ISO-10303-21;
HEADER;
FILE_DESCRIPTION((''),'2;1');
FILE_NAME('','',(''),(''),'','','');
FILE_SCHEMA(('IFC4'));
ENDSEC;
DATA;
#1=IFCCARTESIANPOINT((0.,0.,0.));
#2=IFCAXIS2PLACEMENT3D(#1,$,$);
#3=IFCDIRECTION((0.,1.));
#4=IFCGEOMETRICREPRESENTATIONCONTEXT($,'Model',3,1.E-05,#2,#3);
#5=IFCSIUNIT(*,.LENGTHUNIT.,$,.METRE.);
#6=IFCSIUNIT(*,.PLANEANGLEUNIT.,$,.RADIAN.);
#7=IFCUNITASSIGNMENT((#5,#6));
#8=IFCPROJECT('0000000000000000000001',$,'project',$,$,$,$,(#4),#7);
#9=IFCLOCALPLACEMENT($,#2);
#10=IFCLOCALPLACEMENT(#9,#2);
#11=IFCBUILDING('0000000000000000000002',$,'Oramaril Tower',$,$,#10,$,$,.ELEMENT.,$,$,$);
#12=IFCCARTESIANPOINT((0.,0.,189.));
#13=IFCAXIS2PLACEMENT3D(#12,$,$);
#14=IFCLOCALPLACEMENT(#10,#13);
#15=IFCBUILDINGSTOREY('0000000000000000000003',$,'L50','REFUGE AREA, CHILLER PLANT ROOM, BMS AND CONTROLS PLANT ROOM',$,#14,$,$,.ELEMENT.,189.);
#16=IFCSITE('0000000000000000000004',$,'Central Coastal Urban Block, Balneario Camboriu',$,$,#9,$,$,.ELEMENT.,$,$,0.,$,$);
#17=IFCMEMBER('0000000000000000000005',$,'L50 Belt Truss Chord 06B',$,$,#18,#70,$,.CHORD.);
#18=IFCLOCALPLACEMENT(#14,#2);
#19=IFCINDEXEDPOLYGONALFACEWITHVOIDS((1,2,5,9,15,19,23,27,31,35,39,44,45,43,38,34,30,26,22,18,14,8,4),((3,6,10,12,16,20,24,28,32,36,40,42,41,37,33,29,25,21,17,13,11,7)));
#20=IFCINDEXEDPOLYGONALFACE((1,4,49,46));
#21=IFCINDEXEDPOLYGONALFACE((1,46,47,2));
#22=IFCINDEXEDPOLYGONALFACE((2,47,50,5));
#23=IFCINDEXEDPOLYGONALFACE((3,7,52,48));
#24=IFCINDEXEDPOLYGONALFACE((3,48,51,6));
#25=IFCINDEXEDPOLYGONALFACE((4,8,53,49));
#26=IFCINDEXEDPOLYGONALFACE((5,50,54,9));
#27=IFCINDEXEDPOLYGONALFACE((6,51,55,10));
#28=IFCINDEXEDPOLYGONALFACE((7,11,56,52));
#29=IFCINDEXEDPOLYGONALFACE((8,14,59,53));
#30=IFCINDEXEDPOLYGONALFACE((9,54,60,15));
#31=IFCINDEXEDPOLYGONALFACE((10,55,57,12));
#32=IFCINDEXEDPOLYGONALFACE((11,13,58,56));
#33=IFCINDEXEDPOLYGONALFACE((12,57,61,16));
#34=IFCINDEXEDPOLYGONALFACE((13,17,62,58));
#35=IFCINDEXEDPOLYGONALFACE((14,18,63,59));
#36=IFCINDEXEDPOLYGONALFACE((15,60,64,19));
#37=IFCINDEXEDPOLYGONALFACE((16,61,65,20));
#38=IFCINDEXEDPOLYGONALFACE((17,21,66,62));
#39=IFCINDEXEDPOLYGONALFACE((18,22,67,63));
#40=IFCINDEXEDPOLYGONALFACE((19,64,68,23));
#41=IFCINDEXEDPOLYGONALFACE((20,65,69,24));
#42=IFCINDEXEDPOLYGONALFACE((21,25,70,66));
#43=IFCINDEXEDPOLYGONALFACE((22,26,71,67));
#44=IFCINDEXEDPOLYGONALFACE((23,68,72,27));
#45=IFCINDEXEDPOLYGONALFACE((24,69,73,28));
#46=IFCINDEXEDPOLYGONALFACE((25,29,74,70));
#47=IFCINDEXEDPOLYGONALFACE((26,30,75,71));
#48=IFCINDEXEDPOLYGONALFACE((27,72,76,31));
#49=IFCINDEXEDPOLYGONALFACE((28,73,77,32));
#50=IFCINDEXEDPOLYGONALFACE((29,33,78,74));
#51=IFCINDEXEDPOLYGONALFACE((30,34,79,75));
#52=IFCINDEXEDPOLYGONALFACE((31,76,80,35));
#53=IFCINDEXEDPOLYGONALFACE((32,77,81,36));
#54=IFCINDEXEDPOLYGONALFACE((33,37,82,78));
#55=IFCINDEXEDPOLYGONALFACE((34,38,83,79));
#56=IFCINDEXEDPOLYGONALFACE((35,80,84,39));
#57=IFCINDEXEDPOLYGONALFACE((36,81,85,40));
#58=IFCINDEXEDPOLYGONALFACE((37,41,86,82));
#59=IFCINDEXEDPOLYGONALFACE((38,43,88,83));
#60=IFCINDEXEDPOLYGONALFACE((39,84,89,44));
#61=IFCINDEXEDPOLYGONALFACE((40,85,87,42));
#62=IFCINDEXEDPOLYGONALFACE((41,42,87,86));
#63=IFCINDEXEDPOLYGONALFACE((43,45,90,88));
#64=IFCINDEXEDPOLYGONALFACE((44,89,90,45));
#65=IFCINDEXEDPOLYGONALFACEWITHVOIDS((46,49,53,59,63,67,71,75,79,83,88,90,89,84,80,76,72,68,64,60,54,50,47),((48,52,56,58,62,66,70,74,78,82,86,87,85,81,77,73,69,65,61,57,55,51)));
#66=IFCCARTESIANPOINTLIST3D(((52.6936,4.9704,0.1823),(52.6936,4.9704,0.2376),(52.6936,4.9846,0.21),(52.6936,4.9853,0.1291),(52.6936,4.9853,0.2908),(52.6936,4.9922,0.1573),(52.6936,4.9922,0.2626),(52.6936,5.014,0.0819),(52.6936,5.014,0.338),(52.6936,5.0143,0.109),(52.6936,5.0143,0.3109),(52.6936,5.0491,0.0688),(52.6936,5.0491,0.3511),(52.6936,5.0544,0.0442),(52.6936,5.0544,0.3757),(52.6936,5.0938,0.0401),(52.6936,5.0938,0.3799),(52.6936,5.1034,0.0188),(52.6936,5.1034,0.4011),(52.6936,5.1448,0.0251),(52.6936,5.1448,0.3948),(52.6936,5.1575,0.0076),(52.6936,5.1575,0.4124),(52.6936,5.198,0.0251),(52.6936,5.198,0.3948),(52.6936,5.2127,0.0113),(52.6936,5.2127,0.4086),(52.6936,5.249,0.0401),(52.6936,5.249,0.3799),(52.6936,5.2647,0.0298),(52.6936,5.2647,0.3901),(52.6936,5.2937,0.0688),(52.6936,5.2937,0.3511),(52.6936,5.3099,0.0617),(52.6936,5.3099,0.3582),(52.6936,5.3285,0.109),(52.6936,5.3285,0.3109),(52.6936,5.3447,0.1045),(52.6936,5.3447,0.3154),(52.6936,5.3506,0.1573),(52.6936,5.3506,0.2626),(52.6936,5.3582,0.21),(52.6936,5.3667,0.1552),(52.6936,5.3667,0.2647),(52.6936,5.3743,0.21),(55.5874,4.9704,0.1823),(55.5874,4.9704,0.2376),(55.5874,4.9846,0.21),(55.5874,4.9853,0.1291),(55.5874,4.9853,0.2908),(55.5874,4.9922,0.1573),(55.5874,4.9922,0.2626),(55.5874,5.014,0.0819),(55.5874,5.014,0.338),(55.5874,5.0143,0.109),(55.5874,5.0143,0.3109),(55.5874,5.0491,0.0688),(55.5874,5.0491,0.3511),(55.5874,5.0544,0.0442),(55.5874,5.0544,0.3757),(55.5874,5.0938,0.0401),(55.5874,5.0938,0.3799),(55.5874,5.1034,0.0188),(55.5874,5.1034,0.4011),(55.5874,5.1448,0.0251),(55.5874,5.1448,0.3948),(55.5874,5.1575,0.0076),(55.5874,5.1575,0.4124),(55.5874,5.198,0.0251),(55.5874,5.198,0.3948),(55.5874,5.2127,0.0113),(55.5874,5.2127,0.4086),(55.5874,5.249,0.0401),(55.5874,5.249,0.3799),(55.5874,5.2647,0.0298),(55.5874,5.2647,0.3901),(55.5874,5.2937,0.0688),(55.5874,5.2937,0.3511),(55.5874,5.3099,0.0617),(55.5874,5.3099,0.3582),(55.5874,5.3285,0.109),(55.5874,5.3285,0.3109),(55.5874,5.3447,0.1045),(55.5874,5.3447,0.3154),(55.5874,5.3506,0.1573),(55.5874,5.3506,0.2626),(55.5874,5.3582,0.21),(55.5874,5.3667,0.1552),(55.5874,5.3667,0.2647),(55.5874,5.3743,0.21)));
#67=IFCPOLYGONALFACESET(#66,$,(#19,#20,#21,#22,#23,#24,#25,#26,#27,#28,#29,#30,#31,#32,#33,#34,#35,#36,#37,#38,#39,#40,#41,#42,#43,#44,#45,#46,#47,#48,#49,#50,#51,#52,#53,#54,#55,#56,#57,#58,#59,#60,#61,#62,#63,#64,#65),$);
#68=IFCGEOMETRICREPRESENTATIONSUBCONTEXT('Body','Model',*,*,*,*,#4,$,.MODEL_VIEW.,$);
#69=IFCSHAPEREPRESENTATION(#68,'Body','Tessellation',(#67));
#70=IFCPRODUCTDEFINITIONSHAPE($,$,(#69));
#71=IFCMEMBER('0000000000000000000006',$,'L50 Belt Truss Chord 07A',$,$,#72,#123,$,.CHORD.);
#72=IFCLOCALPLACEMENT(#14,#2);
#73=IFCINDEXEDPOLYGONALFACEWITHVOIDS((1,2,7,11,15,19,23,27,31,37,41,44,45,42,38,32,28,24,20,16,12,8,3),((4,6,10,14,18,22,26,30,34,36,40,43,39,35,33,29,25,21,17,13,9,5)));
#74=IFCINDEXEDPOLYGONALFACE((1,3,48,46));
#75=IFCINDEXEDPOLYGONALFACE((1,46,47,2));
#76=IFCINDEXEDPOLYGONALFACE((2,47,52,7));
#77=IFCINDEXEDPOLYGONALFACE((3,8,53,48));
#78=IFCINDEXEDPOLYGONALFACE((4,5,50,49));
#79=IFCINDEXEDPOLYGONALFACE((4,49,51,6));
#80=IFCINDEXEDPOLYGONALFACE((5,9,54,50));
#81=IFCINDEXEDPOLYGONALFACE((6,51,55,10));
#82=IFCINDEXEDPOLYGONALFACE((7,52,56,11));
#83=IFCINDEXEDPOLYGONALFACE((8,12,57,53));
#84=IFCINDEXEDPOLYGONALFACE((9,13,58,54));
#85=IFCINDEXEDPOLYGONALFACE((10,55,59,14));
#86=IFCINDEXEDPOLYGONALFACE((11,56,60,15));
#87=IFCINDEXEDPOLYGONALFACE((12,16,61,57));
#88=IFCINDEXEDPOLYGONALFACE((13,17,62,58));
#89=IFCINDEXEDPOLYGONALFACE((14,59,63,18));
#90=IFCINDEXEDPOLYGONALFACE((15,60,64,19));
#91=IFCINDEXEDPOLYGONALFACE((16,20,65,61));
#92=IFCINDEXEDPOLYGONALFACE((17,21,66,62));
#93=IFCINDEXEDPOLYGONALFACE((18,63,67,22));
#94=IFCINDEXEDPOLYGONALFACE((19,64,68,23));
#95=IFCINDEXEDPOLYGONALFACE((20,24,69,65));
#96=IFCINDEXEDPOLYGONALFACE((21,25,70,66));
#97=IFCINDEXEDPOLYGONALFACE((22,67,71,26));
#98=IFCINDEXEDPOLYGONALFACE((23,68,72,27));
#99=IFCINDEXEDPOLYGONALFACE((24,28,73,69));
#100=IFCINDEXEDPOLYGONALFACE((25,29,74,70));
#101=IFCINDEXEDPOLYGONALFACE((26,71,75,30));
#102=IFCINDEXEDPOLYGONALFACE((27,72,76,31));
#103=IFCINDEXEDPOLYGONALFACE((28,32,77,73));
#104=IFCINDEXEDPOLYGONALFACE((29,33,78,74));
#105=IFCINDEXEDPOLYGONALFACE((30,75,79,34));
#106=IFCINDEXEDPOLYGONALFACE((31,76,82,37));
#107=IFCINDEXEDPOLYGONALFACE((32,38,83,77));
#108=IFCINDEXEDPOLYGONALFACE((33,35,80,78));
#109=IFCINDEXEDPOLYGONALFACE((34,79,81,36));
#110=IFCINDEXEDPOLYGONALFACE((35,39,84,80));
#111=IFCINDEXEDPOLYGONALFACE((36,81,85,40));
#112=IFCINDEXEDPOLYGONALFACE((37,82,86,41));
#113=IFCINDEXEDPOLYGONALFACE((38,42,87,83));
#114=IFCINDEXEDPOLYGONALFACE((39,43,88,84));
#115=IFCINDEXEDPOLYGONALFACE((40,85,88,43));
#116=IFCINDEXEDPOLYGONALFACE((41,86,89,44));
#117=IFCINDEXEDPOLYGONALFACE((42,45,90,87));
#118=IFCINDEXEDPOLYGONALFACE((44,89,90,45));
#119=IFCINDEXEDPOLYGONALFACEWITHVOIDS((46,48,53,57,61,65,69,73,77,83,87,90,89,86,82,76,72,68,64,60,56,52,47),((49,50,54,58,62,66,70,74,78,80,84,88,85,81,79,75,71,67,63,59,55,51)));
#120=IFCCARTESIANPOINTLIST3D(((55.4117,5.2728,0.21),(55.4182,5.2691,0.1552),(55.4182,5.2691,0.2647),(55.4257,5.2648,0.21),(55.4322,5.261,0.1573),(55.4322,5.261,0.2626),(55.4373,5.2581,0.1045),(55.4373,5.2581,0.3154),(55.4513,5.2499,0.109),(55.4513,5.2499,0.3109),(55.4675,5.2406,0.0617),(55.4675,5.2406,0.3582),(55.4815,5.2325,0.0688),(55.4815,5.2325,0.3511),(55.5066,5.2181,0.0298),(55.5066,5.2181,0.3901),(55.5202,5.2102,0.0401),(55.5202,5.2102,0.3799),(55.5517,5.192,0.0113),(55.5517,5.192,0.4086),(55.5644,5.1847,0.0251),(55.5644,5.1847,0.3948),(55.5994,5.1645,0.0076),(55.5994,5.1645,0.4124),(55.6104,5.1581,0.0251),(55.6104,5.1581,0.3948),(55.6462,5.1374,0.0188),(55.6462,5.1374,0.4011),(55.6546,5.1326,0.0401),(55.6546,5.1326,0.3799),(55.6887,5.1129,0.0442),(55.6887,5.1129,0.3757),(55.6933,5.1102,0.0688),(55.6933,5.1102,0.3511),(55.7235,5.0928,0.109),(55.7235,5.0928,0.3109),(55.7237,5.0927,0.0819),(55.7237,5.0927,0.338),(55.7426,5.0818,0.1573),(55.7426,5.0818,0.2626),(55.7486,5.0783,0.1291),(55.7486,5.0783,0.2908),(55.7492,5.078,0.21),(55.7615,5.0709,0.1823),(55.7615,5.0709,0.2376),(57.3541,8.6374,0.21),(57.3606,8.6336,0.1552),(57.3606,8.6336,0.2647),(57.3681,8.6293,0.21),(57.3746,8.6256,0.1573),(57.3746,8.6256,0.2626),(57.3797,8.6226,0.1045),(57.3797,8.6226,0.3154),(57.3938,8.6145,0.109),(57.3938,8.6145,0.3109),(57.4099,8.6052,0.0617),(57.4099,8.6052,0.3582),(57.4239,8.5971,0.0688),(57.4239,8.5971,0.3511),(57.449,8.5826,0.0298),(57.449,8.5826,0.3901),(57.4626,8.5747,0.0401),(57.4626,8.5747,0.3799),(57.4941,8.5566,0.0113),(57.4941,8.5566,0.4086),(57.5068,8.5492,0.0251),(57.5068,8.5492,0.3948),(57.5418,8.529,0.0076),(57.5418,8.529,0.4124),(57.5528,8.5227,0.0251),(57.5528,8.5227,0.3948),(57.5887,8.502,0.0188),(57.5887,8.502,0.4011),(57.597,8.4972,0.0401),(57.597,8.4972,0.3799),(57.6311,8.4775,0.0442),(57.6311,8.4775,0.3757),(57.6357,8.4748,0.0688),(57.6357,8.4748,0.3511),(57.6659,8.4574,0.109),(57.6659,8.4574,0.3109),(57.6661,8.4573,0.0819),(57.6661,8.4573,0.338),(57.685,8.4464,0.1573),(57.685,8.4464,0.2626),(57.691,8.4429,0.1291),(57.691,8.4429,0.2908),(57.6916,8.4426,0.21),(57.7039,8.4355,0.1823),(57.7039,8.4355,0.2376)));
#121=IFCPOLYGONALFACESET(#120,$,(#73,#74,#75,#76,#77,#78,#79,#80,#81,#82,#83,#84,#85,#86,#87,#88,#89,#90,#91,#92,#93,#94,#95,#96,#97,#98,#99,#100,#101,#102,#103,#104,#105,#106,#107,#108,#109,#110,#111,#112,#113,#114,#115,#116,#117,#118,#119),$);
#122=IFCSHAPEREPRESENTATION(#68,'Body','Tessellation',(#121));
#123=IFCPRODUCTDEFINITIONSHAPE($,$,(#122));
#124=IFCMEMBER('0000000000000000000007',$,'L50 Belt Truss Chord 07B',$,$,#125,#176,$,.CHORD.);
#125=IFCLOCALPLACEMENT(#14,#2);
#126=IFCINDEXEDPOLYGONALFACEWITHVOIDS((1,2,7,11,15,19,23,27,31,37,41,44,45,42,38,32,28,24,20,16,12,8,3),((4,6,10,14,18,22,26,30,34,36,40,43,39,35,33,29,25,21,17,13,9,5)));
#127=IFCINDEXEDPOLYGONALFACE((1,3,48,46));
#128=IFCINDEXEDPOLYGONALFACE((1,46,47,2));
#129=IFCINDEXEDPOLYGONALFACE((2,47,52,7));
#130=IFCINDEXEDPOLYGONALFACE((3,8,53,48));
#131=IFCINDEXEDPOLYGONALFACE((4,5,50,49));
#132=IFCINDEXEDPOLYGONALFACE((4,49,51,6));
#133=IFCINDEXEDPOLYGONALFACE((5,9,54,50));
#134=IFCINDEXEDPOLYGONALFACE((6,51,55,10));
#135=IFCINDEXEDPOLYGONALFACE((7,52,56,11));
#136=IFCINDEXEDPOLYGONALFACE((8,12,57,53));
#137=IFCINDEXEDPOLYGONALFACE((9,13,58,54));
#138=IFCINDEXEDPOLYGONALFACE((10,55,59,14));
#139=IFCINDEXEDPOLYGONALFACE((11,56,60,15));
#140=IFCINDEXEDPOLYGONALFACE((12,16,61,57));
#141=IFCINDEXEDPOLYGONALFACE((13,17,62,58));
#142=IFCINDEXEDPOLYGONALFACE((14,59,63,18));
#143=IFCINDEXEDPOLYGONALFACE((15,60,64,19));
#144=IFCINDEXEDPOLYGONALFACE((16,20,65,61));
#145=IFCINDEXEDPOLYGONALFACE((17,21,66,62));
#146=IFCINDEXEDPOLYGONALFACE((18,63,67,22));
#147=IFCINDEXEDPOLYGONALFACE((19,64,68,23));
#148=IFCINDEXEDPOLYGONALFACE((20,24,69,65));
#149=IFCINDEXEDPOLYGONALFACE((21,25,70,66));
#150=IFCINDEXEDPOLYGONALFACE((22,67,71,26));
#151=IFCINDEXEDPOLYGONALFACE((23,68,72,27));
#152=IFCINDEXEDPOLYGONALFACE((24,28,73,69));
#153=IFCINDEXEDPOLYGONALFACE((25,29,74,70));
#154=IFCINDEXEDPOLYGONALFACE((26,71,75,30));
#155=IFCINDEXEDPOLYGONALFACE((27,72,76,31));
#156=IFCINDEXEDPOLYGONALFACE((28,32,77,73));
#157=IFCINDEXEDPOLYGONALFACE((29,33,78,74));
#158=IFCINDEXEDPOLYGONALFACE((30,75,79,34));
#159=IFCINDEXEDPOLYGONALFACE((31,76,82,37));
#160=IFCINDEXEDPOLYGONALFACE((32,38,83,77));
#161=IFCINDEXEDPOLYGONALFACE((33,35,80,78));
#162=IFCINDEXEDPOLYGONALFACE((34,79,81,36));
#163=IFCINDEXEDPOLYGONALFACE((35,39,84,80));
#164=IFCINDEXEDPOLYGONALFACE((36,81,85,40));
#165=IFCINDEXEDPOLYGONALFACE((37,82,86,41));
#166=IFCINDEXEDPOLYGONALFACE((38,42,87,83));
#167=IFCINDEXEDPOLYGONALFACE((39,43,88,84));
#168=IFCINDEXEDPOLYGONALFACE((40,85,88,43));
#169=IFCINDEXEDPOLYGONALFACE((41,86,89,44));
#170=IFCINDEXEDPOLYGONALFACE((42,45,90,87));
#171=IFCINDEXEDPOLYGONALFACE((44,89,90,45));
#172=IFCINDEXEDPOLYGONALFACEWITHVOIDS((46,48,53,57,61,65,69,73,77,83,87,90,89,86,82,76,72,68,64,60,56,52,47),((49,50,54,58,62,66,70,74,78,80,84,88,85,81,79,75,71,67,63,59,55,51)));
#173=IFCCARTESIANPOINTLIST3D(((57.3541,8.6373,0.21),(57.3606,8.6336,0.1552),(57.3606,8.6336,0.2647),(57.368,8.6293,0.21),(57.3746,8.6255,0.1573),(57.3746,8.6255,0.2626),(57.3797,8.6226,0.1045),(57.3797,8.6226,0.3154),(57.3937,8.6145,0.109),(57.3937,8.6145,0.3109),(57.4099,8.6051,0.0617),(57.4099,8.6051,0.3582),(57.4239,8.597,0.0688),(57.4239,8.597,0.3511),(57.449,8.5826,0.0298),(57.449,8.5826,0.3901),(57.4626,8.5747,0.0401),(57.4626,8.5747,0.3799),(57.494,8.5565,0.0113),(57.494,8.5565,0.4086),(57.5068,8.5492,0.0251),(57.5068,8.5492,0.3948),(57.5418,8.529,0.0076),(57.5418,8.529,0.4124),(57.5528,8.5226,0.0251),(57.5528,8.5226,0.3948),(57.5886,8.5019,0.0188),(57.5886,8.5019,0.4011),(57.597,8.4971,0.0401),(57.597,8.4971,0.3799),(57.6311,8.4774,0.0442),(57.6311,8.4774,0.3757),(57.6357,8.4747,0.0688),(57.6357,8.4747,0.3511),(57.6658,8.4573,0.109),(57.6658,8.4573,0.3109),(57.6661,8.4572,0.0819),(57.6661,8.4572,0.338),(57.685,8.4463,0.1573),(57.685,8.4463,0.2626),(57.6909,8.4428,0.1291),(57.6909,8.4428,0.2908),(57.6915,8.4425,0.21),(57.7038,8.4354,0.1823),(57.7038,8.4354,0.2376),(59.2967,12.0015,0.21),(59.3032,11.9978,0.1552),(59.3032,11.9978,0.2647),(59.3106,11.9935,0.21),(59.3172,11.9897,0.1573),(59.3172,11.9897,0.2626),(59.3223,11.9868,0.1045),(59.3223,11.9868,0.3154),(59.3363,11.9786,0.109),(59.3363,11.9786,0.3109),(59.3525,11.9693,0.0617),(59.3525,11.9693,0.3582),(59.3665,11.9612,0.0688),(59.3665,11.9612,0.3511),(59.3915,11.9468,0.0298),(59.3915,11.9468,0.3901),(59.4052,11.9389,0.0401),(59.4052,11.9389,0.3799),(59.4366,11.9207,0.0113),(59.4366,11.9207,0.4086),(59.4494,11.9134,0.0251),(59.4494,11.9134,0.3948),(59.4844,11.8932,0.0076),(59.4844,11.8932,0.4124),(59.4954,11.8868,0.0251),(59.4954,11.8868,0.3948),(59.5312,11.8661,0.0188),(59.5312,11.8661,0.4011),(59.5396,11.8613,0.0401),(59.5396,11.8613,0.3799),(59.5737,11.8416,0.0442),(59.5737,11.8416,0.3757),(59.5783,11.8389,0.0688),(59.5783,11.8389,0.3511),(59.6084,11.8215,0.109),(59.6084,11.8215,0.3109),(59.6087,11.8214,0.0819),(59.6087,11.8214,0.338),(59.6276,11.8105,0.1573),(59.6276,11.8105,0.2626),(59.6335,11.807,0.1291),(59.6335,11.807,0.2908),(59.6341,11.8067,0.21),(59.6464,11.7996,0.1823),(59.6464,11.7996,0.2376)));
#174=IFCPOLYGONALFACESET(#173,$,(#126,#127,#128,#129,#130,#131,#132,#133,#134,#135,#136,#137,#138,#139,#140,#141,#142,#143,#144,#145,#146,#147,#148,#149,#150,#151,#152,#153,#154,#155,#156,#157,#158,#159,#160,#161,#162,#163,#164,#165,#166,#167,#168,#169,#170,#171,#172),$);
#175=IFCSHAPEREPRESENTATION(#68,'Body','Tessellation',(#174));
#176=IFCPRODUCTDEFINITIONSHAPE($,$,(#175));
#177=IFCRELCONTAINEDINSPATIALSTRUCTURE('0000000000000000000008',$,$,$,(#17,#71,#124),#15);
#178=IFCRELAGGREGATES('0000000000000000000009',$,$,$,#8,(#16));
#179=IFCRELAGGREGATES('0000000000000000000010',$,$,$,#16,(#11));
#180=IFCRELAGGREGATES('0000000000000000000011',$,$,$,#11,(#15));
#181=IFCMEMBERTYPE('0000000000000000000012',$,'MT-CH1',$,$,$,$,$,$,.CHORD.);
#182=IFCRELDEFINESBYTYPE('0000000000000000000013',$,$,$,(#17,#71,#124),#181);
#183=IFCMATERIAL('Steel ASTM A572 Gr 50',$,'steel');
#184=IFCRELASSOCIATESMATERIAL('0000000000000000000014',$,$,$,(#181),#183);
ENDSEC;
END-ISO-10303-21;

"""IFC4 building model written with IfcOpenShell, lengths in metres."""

from ifc_helpers import new_model, si_unit, direction, frame, origin, origin_2d, place, context, subcontext, project, spatial, hollow_circle, extrude, material, material_profile, profile_set, type_object, element, save


model = new_model("IFC4")

# Units and contexts
model_context = context("Model", 3, precision=1e-05, world=origin(), true_north=direction((0.0, 1.0)))
body_context = subcontext(model_context, "Body", "Model", "MODEL_VIEW")
ifc_project = project(units=[si_unit("LENGTHUNIT", "METRE"), si_unit("PLANEANGLEUNIT", "RADIAN")], contexts=[model_context])

# Site, building, storey
site_placement = place(None, origin())
site = spatial("IfcSite", under=ifc_project, at=site_placement, Name="Central Coastal Urban Block, Balneario Camboriu", CompositionType="ELEMENT", RefElevation=0.0)
building_placement = place(site_placement, origin())
building = spatial("IfcBuilding", under=site, at=building_placement, Name="Oramaril Tower", CompositionType="ELEMENT")
storey_placement = place(building_placement, frame((0.0, 0.0, 189.0)))
storey = spatial("IfcBuildingStorey", under=building, at=storey_placement, Name="L50", Description="REFUGE AREA, CHILLER PLANT ROOM, BMS AND CONTROLS PLANT ROOM", CompositionType="ELEMENT", Elevation=189.0)

# Members
ifc_material_1 = material(Name="Steel ASTM A572 Gr 50", Category="steel")
ifc_material_profile_1 = material_profile(ifc_material_1, hollow_circle(Radius=0.2029, WallThickness=0.0161, at=origin_2d()), Name="CHS406X16")
ifc_profile_set_1 = profile_set([ifc_material_profile_1], Name="Steel ASTM A572 Gr 50")
member_type_1 = type_object("IfcMemberType", Name="MT-CH1", PredefinedType="CHORD", material=ifc_profile_set_1)
member_1_placement = place(storey_placement, frame((52.6936, 5.1714, 0.21), z_axis=(1.0, 0.0, 0.0), x_axis=(0.0, 1.0, 0.0)))
element("IfcMember", 1, at=member_1_placement, inside=storey, type_object=member_type_1, Name="L50 Belt Truss Chord 06B", PredefinedType="CHORD", context=body_context, shape_type="SweptSolid", body=[
    extrude(hollow_circle(Radius=0.2029, WallThickness=0.0161, at=origin_2d()), origin(), (0.0, 0.0, 1.0), 2.8938),
])
member_2_placement = place(storey_placement, frame((55.5874, 5.1714, 0.21), z_axis=(0.499978, 0.866038, 0.0), x_axis=(-0.866038, 0.499978, 0.0)))
element("IfcMember", 2, at=member_2_placement, inside=storey, type_object=member_type_1, Name="L50 Belt Truss Chord 07A", PredefinedType="CHORD", context=body_context, shape_type="SweptSolid", body=[
    extrude(hollow_circle(Radius=0.2029, WallThickness=0.0161, at=origin_2d()), origin(), (0.0, 0.0, 1.0), 3.885),
])
member_3_placement = place(storey_placement, frame((57.5298, 8.5359, 0.21), z_axis=(0.500052, 0.865995, 0.0), x_axis=(-0.865995, 0.500052, 0.0)))
element("IfcMember", 3, at=member_3_placement, inside=storey, type_object=member_type_1, Name="L50 Belt Truss Chord 07B", PredefinedType="CHORD", context=body_context, shape_type="SweptSolid", body=[
    extrude(hollow_circle(Radius=0.2029, WallThickness=0.0161, at=origin_2d()), origin(), (0.0, 0.0, 1.0), 3.8848),
])

save(model, "model.ifc")
